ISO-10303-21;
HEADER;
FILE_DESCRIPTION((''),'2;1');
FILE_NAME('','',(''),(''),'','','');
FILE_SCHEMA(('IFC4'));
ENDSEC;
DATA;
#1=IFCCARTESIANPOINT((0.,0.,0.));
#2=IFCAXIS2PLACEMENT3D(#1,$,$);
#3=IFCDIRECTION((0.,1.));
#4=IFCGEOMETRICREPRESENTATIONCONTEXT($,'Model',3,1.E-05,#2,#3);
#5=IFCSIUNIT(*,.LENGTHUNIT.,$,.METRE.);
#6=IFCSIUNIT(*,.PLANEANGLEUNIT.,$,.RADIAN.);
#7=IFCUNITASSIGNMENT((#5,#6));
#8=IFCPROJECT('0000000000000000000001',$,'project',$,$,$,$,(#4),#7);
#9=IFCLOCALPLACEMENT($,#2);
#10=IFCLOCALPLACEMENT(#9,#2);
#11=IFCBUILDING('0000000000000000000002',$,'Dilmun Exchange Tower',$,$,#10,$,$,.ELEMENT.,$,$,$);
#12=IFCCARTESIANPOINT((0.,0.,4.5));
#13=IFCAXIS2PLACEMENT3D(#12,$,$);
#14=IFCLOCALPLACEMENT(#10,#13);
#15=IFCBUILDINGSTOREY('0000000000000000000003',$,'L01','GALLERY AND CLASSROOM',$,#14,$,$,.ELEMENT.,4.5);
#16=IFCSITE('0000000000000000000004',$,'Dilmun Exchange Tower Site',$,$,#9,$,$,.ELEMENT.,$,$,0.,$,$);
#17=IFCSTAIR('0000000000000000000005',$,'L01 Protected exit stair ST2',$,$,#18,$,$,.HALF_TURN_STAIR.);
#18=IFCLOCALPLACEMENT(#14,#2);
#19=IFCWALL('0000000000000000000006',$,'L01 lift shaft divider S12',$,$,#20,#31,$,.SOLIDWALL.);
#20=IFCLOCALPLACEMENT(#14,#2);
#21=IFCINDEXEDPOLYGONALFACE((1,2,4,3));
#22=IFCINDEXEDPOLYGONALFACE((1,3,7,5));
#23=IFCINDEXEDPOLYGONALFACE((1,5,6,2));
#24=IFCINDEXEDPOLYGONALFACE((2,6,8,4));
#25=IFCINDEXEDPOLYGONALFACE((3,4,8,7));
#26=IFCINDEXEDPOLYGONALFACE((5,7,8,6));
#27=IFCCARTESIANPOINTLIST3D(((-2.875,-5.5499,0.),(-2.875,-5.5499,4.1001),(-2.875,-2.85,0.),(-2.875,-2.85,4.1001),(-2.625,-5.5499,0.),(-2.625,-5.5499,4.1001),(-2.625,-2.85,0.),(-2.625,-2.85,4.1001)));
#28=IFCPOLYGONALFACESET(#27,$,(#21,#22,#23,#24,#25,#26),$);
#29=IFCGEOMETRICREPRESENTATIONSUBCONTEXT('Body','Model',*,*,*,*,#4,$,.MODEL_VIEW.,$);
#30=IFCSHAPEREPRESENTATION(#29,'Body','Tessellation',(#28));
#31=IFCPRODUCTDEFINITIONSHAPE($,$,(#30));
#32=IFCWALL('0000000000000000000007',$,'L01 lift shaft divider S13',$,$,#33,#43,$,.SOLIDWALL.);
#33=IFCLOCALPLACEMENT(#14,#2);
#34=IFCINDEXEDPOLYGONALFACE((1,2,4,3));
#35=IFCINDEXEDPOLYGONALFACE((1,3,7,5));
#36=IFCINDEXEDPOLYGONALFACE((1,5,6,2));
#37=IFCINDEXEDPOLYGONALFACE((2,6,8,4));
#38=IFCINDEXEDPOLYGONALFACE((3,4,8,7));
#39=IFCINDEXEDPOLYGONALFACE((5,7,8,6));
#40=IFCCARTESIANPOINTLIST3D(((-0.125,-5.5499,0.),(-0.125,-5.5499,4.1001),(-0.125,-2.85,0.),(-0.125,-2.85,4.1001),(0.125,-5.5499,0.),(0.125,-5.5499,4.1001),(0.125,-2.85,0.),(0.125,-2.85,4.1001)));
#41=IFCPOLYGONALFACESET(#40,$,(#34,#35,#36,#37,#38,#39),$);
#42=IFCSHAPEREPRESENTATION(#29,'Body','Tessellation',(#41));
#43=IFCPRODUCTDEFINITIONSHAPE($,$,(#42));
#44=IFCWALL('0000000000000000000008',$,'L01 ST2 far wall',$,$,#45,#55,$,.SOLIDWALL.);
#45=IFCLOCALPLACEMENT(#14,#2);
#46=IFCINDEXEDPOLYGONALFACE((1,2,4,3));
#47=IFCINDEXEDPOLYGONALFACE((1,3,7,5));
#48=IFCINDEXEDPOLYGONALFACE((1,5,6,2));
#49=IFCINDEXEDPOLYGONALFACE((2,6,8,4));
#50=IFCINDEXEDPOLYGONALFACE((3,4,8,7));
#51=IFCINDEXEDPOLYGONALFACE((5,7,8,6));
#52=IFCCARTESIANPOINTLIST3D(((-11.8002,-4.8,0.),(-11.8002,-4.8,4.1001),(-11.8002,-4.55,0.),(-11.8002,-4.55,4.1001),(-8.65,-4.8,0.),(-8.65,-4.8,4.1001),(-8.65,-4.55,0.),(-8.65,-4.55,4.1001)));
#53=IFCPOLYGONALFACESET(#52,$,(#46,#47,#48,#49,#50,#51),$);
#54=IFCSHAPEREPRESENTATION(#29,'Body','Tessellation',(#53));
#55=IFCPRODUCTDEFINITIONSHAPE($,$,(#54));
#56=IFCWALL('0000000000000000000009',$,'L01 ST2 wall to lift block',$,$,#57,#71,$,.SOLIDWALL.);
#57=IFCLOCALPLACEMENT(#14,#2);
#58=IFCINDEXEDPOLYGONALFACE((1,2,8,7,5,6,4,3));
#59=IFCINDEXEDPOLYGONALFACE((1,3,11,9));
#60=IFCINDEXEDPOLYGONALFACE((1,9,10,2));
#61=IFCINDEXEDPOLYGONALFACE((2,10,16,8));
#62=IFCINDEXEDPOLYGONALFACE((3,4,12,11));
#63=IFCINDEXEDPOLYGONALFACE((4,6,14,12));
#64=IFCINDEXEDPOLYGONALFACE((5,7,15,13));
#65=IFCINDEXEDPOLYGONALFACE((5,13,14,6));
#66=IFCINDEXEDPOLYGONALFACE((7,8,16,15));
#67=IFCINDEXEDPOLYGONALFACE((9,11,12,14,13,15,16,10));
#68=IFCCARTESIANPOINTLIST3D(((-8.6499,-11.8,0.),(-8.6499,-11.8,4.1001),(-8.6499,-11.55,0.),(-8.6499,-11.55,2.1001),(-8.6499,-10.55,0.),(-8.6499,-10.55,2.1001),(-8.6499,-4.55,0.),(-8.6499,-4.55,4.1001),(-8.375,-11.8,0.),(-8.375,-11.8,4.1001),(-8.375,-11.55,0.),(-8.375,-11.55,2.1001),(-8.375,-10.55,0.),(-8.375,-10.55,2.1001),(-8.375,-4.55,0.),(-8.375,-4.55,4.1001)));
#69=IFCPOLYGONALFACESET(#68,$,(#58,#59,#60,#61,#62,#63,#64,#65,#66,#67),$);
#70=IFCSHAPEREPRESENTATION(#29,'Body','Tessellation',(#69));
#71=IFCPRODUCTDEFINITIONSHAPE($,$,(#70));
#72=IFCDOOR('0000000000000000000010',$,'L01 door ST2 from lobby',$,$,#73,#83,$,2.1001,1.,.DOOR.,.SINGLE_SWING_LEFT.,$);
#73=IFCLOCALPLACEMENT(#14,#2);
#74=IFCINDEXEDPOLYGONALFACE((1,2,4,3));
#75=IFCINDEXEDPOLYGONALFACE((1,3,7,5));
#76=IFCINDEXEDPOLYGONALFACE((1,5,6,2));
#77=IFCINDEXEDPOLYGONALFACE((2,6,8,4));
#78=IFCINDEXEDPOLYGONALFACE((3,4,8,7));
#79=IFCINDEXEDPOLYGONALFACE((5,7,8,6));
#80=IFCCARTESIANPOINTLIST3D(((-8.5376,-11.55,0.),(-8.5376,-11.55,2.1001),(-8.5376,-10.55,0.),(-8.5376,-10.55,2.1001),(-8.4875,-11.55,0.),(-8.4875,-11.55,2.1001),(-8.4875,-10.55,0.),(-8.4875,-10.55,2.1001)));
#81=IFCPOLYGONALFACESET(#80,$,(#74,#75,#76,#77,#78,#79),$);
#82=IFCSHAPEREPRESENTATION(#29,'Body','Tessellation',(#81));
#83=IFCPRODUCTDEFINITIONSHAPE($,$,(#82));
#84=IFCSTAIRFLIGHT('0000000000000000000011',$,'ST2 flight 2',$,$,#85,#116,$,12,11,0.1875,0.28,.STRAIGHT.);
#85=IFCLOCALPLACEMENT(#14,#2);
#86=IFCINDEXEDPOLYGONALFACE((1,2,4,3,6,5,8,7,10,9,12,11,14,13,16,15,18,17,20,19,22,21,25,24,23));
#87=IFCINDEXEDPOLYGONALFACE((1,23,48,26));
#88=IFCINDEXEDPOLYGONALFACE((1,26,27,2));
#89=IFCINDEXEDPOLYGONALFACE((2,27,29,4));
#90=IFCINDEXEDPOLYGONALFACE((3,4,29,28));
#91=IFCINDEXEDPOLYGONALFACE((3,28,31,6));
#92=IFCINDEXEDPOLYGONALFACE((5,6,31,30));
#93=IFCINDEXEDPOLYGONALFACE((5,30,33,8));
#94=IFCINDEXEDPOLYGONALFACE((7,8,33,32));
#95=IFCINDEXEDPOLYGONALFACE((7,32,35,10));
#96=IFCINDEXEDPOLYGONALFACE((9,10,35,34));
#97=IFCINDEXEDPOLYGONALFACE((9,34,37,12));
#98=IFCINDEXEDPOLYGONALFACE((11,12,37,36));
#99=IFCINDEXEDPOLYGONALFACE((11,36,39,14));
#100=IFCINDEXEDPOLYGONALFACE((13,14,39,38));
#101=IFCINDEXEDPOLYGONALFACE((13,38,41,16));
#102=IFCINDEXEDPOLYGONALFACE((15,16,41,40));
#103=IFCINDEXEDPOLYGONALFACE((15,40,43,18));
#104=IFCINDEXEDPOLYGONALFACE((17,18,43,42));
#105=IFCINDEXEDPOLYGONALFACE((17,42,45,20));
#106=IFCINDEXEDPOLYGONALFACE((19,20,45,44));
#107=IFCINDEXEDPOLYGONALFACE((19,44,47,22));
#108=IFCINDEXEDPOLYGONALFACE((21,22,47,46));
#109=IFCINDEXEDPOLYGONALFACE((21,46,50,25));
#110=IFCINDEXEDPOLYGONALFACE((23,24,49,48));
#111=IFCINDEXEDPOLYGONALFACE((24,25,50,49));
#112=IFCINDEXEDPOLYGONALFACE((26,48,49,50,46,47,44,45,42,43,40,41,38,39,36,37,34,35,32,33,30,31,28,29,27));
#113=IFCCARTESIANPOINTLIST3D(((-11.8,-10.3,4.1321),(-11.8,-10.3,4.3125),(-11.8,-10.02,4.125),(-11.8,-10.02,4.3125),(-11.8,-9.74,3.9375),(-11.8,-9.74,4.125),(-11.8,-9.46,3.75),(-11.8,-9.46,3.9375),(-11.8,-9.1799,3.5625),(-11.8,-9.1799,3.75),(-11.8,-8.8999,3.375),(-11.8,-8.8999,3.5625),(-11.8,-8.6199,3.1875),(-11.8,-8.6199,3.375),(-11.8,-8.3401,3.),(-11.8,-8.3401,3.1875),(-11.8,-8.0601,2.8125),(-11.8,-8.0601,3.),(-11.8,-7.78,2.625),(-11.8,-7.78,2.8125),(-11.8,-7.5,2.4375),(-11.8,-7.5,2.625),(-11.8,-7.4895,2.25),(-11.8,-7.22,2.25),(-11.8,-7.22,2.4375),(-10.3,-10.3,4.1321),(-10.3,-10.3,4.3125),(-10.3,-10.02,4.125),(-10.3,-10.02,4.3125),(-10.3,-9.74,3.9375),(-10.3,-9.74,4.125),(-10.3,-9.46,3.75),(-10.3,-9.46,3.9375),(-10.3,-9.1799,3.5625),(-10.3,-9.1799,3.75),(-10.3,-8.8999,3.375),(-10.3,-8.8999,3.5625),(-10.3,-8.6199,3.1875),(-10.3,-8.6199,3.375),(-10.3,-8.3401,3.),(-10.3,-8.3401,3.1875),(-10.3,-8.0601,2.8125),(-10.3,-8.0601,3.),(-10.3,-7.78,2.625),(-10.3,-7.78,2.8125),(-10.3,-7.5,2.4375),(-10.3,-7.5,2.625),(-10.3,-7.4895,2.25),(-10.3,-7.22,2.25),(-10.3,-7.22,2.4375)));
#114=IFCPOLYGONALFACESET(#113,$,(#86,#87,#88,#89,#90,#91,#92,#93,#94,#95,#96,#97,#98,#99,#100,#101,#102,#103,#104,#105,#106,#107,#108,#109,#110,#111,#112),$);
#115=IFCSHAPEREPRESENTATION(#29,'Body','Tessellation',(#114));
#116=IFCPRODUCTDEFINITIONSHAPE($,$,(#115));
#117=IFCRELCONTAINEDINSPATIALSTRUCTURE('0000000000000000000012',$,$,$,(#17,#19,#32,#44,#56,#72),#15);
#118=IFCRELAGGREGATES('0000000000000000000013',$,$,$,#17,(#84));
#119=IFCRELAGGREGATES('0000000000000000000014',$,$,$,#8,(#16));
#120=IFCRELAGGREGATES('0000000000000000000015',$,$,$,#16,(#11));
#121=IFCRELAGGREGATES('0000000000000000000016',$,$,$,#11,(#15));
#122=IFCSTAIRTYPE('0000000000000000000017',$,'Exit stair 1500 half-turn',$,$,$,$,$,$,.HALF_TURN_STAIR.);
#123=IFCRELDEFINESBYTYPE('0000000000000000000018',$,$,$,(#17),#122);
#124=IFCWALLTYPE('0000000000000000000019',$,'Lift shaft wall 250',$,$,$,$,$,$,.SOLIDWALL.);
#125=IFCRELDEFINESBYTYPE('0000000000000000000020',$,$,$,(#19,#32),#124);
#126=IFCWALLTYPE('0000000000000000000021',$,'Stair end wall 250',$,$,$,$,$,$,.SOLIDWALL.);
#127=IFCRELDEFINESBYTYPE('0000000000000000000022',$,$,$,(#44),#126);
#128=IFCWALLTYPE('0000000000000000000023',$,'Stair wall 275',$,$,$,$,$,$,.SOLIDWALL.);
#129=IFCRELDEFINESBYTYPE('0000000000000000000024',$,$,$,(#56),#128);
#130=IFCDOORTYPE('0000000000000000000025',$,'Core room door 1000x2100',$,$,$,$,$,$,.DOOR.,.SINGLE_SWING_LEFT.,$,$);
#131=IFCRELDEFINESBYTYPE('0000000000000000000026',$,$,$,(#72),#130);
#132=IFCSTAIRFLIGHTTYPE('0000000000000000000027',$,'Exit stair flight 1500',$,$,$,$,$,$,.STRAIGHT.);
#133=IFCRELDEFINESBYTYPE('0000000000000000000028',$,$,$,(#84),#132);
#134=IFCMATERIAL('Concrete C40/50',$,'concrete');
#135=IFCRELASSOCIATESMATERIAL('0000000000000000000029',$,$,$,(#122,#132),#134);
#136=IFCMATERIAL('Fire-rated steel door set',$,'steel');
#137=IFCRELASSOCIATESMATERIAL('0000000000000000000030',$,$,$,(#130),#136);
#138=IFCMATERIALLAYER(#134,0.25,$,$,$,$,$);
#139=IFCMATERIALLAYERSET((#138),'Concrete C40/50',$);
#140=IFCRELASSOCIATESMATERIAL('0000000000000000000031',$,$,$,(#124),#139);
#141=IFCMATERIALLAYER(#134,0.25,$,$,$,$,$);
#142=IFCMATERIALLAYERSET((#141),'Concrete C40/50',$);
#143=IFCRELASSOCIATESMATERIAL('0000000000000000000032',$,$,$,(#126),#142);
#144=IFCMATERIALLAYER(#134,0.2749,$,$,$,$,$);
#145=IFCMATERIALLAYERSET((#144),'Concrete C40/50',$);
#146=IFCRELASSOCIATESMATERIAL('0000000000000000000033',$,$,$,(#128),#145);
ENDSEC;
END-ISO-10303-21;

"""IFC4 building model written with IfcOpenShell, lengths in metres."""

from ifc_helpers import new_model, si_unit, direction, frame, frame_2d, origin, place, context, subcontext, project, spatial, polyline, rectangle, outline, extrude, material, layer, layer_set, type_object, element, fill, aggregate, save


model = new_model("IFC4")

# Units and contexts
model_context = context("Model", 3, precision=1e-05, world=origin(), true_north=direction((0.0, 1.0)))
body_context = subcontext(model_context, "Body", "Model", "MODEL_VIEW")
ifc_project = project(units=[si_unit("LENGTHUNIT", "METRE"), si_unit("PLANEANGLEUNIT", "RADIAN")], contexts=[model_context])

# Site, building, storey
site_placement = place(None, origin())
site = spatial("IfcSite", under=ifc_project, at=site_placement, Name="Dilmun Exchange Tower Site", CompositionType="ELEMENT", RefElevation=0.0)
building_placement = place(site_placement, origin())
building = spatial("IfcBuilding", under=site, at=building_placement, Name="Dilmun Exchange Tower", CompositionType="ELEMENT")
storey_placement = place(building_placement, frame((0.0, 0.0, 4.5)))
storey = spatial("IfcBuildingStorey", under=building, at=storey_placement, Name="L01", Description="GALLERY AND CLASSROOM", CompositionType="ELEMENT", Elevation=4.5)

# Stair
ifc_material_1 = material(Name="Concrete C40/50", Category="concrete")
stair_type_1 = type_object("IfcStairType", Name="Exit stair 1500 half-turn", PredefinedType="HALF_TURN_STAIR", material=ifc_material_1)
stair_1_placement = place(storey_placement, origin())
stair_1 = element("IfcStair", 1, at=stair_1_placement, inside=storey, type_object=stair_type_1, Name="L01 Protected exit stair ST2", PredefinedType="HALF_TURN_STAIR")

# Shared definitions
ifc_material_2 = material(Name="Fire-rated steel door set", Category="steel")
door_type_1 = type_object("IfcDoorType", Name="Core room door 1000x2100", OperationType="SINGLE_SWING_LEFT", PredefinedType="DOOR", material=ifc_material_2)

# Walls
ifc_layer_1 = layer(ifc_material_1, 0.25)
ifc_layer_set_1 = layer_set([ifc_layer_1], Name="Concrete C40/50")
wall_type_1 = type_object("IfcWallType", Name="Lift shaft wall 250", PredefinedType="SOLIDWALL", material=ifc_layer_set_1)
for number, where, z_axis, x_axis, name in (
    (2, (-2.75, -5.55, 0.0), (0.0, 0.0, 1.0), (0.0, 1.0, 0.0), "L01 lift shaft divider S12"),
    (3, (0.0, -5.55, 0.0), (0.0, 0.0, 1.0), (0.0, 1.0, 0.0), "L01 lift shaft divider S13"),
):
    element("IfcWall", number, at=place(storey_placement, frame(where, z_axis=z_axis, x_axis=x_axis)), inside=storey, type_object=wall_type_1, Name=name, PredefinedType="SOLIDWALL", context=body_context, shape_type="SweptSolid", body=[
        extrude(rectangle(XDim=2.7, YDim=0.25, at=frame_2d((1.3501, 0.0))), origin(), (0.0, 0.0, 1.0), 4.1001),
    ])
ifc_layer_2 = layer(ifc_material_1, 0.25)
ifc_layer_set_2 = layer_set([ifc_layer_2], Name="Concrete C40/50")
wall_type_2 = type_object("IfcWallType", Name="Stair end wall 250", PredefinedType="SOLIDWALL", material=ifc_layer_set_2)
wall_1_placement = place(storey_placement, frame((-8.6499, -4.675, 0.0), z_axis=(0.0, 0.0, 1.0), x_axis=(-1.0, 0.0, 0.0)))
element("IfcWall", 4, at=wall_1_placement, inside=storey, type_object=wall_type_2, Name="L01 ST2 far wall", PredefinedType="SOLIDWALL", context=body_context, shape_type="SweptSolid", body=[
    extrude(rectangle(XDim=3.1501, YDim=0.25, at=frame_2d((1.5752, 0.0))), origin(), (0.0, 0.0, 1.0), 4.1001),
])

# Wall, opening, door
ifc_layer_3 = layer(ifc_material_1, 0.2749)
ifc_layer_set_3 = layer_set([ifc_layer_3], Name="Concrete C40/50")
wall_type_3 = type_object("IfcWallType", Name="Stair wall 275", PredefinedType="SOLIDWALL", material=ifc_layer_set_3)
wall_2_placement = place(storey_placement, frame((-8.5125, -4.55, 0.0), z_axis=(0.0, 0.0, 1.0), x_axis=(0.0, -1.0, 0.0)))
wall_2 = element("IfcWall", 5, at=wall_2_placement, inside=storey, type_object=wall_type_3, Name="L01 ST2 wall to lift block", PredefinedType="SOLIDWALL", context=body_context, shape_type="SweptSolid", body=[
    extrude(rectangle(XDim=7.25, YDim=0.2749, at=frame_2d((3.625, 0.0))), origin(), (0.0, 0.0, 1.0), 4.1001),
])
opening_1_placement = place(wall_2_placement, frame((6.0, 0.0, 0.0)))
opening_1 = element("IfcOpeningElement", 6, at=opening_1_placement, cuts=wall_2, PredefinedType="OPENING", context=body_context, shape_type="SweptSolid", body=[
    extrude(rectangle(XDim=1.0, YDim=2.1001, at=frame_2d((0.5, 1.05))), frame((0.0, 0.1475, 0.0), z_axis=(0.0, -1.0, 0.0), x_axis=(1.0, 0.0, 0.0)), (0.0, 0.0, 1.0), 0.2949),
])
door_1_placement = place(opening_1_placement, origin())
door_1 = element("IfcDoor", 7, at=door_1_placement, inside=storey, type_object=door_type_1, Name="L01 door ST2 from lobby", OperationType="SINGLE_SWING_LEFT", OverallHeight=2.1001, OverallWidth=1.0, PredefinedType="DOOR", context=body_context, shape_type="SweptSolid", body=[
    extrude(rectangle(XDim=1.0, YDim=2.1001, at=frame_2d((0.5, 1.05))), frame((0.0, 0.0249, 0.0), z_axis=(0.0, -1.0, 0.0), x_axis=(1.0, 0.0, 0.0)), (0.0, 0.0, 1.0), 0.05),
])
fill(opening_1, door_1)

# Stair flight
stair_flight_type = type_object("IfcStairFlightType", Name="Exit stair flight 1500", PredefinedType="STRAIGHT", material=ifc_material_1)
stair_flight_placement = place(storey_placement, frame((-11.05, -7.22, 2.25), z_axis=(0.0, 0.0, 1.0), x_axis=(0.0, -1.0, 0.0)))
stair_flight = element("IfcStairFlight", 8, at=stair_flight_placement, type_object=stair_flight_type, Name="ST2 flight 2", NumberOfRisers=12, NumberOfTreads=11, PredefinedType="STRAIGHT", RiserHeight=0.1875, TreadLength=0.28, context=body_context, shape_type="SweptSolid", body=[
    extrude(outline(polyline([(0.0, 0.0), (0.0, 0.1875), (0.28, 0.1875), (0.28, 0.375), (0.5601, 0.375), (0.5601, 0.5625), (0.8401, 0.5625), (0.8401, 0.75), (1.1201, 0.75), (1.1201, 0.9375), (1.3999, 0.9375), (1.3999, 1.125), (1.6799, 1.125), (1.6799, 1.3125), (1.96, 1.3125), (1.96, 1.5), (2.24, 1.5), (2.24, 1.6875), (2.52, 1.6875), (2.52, 1.875), (2.8, 1.875), (2.8, 2.0625), (3.0801, 2.0625), (3.0801, 2.25), (3.0801, 1.8821), (0.2695, 0.0), (0.0, 0.0)])), frame((0.0, 0.75, 0.0), z_axis=(0.0, -1.0, 0.0), x_axis=(1.0, 0.0, 0.0)), (0.0, 0.0, 1.0), 1.5),
])
aggregate(stair_1, [stair_flight])

save(model, "model.ifc")
